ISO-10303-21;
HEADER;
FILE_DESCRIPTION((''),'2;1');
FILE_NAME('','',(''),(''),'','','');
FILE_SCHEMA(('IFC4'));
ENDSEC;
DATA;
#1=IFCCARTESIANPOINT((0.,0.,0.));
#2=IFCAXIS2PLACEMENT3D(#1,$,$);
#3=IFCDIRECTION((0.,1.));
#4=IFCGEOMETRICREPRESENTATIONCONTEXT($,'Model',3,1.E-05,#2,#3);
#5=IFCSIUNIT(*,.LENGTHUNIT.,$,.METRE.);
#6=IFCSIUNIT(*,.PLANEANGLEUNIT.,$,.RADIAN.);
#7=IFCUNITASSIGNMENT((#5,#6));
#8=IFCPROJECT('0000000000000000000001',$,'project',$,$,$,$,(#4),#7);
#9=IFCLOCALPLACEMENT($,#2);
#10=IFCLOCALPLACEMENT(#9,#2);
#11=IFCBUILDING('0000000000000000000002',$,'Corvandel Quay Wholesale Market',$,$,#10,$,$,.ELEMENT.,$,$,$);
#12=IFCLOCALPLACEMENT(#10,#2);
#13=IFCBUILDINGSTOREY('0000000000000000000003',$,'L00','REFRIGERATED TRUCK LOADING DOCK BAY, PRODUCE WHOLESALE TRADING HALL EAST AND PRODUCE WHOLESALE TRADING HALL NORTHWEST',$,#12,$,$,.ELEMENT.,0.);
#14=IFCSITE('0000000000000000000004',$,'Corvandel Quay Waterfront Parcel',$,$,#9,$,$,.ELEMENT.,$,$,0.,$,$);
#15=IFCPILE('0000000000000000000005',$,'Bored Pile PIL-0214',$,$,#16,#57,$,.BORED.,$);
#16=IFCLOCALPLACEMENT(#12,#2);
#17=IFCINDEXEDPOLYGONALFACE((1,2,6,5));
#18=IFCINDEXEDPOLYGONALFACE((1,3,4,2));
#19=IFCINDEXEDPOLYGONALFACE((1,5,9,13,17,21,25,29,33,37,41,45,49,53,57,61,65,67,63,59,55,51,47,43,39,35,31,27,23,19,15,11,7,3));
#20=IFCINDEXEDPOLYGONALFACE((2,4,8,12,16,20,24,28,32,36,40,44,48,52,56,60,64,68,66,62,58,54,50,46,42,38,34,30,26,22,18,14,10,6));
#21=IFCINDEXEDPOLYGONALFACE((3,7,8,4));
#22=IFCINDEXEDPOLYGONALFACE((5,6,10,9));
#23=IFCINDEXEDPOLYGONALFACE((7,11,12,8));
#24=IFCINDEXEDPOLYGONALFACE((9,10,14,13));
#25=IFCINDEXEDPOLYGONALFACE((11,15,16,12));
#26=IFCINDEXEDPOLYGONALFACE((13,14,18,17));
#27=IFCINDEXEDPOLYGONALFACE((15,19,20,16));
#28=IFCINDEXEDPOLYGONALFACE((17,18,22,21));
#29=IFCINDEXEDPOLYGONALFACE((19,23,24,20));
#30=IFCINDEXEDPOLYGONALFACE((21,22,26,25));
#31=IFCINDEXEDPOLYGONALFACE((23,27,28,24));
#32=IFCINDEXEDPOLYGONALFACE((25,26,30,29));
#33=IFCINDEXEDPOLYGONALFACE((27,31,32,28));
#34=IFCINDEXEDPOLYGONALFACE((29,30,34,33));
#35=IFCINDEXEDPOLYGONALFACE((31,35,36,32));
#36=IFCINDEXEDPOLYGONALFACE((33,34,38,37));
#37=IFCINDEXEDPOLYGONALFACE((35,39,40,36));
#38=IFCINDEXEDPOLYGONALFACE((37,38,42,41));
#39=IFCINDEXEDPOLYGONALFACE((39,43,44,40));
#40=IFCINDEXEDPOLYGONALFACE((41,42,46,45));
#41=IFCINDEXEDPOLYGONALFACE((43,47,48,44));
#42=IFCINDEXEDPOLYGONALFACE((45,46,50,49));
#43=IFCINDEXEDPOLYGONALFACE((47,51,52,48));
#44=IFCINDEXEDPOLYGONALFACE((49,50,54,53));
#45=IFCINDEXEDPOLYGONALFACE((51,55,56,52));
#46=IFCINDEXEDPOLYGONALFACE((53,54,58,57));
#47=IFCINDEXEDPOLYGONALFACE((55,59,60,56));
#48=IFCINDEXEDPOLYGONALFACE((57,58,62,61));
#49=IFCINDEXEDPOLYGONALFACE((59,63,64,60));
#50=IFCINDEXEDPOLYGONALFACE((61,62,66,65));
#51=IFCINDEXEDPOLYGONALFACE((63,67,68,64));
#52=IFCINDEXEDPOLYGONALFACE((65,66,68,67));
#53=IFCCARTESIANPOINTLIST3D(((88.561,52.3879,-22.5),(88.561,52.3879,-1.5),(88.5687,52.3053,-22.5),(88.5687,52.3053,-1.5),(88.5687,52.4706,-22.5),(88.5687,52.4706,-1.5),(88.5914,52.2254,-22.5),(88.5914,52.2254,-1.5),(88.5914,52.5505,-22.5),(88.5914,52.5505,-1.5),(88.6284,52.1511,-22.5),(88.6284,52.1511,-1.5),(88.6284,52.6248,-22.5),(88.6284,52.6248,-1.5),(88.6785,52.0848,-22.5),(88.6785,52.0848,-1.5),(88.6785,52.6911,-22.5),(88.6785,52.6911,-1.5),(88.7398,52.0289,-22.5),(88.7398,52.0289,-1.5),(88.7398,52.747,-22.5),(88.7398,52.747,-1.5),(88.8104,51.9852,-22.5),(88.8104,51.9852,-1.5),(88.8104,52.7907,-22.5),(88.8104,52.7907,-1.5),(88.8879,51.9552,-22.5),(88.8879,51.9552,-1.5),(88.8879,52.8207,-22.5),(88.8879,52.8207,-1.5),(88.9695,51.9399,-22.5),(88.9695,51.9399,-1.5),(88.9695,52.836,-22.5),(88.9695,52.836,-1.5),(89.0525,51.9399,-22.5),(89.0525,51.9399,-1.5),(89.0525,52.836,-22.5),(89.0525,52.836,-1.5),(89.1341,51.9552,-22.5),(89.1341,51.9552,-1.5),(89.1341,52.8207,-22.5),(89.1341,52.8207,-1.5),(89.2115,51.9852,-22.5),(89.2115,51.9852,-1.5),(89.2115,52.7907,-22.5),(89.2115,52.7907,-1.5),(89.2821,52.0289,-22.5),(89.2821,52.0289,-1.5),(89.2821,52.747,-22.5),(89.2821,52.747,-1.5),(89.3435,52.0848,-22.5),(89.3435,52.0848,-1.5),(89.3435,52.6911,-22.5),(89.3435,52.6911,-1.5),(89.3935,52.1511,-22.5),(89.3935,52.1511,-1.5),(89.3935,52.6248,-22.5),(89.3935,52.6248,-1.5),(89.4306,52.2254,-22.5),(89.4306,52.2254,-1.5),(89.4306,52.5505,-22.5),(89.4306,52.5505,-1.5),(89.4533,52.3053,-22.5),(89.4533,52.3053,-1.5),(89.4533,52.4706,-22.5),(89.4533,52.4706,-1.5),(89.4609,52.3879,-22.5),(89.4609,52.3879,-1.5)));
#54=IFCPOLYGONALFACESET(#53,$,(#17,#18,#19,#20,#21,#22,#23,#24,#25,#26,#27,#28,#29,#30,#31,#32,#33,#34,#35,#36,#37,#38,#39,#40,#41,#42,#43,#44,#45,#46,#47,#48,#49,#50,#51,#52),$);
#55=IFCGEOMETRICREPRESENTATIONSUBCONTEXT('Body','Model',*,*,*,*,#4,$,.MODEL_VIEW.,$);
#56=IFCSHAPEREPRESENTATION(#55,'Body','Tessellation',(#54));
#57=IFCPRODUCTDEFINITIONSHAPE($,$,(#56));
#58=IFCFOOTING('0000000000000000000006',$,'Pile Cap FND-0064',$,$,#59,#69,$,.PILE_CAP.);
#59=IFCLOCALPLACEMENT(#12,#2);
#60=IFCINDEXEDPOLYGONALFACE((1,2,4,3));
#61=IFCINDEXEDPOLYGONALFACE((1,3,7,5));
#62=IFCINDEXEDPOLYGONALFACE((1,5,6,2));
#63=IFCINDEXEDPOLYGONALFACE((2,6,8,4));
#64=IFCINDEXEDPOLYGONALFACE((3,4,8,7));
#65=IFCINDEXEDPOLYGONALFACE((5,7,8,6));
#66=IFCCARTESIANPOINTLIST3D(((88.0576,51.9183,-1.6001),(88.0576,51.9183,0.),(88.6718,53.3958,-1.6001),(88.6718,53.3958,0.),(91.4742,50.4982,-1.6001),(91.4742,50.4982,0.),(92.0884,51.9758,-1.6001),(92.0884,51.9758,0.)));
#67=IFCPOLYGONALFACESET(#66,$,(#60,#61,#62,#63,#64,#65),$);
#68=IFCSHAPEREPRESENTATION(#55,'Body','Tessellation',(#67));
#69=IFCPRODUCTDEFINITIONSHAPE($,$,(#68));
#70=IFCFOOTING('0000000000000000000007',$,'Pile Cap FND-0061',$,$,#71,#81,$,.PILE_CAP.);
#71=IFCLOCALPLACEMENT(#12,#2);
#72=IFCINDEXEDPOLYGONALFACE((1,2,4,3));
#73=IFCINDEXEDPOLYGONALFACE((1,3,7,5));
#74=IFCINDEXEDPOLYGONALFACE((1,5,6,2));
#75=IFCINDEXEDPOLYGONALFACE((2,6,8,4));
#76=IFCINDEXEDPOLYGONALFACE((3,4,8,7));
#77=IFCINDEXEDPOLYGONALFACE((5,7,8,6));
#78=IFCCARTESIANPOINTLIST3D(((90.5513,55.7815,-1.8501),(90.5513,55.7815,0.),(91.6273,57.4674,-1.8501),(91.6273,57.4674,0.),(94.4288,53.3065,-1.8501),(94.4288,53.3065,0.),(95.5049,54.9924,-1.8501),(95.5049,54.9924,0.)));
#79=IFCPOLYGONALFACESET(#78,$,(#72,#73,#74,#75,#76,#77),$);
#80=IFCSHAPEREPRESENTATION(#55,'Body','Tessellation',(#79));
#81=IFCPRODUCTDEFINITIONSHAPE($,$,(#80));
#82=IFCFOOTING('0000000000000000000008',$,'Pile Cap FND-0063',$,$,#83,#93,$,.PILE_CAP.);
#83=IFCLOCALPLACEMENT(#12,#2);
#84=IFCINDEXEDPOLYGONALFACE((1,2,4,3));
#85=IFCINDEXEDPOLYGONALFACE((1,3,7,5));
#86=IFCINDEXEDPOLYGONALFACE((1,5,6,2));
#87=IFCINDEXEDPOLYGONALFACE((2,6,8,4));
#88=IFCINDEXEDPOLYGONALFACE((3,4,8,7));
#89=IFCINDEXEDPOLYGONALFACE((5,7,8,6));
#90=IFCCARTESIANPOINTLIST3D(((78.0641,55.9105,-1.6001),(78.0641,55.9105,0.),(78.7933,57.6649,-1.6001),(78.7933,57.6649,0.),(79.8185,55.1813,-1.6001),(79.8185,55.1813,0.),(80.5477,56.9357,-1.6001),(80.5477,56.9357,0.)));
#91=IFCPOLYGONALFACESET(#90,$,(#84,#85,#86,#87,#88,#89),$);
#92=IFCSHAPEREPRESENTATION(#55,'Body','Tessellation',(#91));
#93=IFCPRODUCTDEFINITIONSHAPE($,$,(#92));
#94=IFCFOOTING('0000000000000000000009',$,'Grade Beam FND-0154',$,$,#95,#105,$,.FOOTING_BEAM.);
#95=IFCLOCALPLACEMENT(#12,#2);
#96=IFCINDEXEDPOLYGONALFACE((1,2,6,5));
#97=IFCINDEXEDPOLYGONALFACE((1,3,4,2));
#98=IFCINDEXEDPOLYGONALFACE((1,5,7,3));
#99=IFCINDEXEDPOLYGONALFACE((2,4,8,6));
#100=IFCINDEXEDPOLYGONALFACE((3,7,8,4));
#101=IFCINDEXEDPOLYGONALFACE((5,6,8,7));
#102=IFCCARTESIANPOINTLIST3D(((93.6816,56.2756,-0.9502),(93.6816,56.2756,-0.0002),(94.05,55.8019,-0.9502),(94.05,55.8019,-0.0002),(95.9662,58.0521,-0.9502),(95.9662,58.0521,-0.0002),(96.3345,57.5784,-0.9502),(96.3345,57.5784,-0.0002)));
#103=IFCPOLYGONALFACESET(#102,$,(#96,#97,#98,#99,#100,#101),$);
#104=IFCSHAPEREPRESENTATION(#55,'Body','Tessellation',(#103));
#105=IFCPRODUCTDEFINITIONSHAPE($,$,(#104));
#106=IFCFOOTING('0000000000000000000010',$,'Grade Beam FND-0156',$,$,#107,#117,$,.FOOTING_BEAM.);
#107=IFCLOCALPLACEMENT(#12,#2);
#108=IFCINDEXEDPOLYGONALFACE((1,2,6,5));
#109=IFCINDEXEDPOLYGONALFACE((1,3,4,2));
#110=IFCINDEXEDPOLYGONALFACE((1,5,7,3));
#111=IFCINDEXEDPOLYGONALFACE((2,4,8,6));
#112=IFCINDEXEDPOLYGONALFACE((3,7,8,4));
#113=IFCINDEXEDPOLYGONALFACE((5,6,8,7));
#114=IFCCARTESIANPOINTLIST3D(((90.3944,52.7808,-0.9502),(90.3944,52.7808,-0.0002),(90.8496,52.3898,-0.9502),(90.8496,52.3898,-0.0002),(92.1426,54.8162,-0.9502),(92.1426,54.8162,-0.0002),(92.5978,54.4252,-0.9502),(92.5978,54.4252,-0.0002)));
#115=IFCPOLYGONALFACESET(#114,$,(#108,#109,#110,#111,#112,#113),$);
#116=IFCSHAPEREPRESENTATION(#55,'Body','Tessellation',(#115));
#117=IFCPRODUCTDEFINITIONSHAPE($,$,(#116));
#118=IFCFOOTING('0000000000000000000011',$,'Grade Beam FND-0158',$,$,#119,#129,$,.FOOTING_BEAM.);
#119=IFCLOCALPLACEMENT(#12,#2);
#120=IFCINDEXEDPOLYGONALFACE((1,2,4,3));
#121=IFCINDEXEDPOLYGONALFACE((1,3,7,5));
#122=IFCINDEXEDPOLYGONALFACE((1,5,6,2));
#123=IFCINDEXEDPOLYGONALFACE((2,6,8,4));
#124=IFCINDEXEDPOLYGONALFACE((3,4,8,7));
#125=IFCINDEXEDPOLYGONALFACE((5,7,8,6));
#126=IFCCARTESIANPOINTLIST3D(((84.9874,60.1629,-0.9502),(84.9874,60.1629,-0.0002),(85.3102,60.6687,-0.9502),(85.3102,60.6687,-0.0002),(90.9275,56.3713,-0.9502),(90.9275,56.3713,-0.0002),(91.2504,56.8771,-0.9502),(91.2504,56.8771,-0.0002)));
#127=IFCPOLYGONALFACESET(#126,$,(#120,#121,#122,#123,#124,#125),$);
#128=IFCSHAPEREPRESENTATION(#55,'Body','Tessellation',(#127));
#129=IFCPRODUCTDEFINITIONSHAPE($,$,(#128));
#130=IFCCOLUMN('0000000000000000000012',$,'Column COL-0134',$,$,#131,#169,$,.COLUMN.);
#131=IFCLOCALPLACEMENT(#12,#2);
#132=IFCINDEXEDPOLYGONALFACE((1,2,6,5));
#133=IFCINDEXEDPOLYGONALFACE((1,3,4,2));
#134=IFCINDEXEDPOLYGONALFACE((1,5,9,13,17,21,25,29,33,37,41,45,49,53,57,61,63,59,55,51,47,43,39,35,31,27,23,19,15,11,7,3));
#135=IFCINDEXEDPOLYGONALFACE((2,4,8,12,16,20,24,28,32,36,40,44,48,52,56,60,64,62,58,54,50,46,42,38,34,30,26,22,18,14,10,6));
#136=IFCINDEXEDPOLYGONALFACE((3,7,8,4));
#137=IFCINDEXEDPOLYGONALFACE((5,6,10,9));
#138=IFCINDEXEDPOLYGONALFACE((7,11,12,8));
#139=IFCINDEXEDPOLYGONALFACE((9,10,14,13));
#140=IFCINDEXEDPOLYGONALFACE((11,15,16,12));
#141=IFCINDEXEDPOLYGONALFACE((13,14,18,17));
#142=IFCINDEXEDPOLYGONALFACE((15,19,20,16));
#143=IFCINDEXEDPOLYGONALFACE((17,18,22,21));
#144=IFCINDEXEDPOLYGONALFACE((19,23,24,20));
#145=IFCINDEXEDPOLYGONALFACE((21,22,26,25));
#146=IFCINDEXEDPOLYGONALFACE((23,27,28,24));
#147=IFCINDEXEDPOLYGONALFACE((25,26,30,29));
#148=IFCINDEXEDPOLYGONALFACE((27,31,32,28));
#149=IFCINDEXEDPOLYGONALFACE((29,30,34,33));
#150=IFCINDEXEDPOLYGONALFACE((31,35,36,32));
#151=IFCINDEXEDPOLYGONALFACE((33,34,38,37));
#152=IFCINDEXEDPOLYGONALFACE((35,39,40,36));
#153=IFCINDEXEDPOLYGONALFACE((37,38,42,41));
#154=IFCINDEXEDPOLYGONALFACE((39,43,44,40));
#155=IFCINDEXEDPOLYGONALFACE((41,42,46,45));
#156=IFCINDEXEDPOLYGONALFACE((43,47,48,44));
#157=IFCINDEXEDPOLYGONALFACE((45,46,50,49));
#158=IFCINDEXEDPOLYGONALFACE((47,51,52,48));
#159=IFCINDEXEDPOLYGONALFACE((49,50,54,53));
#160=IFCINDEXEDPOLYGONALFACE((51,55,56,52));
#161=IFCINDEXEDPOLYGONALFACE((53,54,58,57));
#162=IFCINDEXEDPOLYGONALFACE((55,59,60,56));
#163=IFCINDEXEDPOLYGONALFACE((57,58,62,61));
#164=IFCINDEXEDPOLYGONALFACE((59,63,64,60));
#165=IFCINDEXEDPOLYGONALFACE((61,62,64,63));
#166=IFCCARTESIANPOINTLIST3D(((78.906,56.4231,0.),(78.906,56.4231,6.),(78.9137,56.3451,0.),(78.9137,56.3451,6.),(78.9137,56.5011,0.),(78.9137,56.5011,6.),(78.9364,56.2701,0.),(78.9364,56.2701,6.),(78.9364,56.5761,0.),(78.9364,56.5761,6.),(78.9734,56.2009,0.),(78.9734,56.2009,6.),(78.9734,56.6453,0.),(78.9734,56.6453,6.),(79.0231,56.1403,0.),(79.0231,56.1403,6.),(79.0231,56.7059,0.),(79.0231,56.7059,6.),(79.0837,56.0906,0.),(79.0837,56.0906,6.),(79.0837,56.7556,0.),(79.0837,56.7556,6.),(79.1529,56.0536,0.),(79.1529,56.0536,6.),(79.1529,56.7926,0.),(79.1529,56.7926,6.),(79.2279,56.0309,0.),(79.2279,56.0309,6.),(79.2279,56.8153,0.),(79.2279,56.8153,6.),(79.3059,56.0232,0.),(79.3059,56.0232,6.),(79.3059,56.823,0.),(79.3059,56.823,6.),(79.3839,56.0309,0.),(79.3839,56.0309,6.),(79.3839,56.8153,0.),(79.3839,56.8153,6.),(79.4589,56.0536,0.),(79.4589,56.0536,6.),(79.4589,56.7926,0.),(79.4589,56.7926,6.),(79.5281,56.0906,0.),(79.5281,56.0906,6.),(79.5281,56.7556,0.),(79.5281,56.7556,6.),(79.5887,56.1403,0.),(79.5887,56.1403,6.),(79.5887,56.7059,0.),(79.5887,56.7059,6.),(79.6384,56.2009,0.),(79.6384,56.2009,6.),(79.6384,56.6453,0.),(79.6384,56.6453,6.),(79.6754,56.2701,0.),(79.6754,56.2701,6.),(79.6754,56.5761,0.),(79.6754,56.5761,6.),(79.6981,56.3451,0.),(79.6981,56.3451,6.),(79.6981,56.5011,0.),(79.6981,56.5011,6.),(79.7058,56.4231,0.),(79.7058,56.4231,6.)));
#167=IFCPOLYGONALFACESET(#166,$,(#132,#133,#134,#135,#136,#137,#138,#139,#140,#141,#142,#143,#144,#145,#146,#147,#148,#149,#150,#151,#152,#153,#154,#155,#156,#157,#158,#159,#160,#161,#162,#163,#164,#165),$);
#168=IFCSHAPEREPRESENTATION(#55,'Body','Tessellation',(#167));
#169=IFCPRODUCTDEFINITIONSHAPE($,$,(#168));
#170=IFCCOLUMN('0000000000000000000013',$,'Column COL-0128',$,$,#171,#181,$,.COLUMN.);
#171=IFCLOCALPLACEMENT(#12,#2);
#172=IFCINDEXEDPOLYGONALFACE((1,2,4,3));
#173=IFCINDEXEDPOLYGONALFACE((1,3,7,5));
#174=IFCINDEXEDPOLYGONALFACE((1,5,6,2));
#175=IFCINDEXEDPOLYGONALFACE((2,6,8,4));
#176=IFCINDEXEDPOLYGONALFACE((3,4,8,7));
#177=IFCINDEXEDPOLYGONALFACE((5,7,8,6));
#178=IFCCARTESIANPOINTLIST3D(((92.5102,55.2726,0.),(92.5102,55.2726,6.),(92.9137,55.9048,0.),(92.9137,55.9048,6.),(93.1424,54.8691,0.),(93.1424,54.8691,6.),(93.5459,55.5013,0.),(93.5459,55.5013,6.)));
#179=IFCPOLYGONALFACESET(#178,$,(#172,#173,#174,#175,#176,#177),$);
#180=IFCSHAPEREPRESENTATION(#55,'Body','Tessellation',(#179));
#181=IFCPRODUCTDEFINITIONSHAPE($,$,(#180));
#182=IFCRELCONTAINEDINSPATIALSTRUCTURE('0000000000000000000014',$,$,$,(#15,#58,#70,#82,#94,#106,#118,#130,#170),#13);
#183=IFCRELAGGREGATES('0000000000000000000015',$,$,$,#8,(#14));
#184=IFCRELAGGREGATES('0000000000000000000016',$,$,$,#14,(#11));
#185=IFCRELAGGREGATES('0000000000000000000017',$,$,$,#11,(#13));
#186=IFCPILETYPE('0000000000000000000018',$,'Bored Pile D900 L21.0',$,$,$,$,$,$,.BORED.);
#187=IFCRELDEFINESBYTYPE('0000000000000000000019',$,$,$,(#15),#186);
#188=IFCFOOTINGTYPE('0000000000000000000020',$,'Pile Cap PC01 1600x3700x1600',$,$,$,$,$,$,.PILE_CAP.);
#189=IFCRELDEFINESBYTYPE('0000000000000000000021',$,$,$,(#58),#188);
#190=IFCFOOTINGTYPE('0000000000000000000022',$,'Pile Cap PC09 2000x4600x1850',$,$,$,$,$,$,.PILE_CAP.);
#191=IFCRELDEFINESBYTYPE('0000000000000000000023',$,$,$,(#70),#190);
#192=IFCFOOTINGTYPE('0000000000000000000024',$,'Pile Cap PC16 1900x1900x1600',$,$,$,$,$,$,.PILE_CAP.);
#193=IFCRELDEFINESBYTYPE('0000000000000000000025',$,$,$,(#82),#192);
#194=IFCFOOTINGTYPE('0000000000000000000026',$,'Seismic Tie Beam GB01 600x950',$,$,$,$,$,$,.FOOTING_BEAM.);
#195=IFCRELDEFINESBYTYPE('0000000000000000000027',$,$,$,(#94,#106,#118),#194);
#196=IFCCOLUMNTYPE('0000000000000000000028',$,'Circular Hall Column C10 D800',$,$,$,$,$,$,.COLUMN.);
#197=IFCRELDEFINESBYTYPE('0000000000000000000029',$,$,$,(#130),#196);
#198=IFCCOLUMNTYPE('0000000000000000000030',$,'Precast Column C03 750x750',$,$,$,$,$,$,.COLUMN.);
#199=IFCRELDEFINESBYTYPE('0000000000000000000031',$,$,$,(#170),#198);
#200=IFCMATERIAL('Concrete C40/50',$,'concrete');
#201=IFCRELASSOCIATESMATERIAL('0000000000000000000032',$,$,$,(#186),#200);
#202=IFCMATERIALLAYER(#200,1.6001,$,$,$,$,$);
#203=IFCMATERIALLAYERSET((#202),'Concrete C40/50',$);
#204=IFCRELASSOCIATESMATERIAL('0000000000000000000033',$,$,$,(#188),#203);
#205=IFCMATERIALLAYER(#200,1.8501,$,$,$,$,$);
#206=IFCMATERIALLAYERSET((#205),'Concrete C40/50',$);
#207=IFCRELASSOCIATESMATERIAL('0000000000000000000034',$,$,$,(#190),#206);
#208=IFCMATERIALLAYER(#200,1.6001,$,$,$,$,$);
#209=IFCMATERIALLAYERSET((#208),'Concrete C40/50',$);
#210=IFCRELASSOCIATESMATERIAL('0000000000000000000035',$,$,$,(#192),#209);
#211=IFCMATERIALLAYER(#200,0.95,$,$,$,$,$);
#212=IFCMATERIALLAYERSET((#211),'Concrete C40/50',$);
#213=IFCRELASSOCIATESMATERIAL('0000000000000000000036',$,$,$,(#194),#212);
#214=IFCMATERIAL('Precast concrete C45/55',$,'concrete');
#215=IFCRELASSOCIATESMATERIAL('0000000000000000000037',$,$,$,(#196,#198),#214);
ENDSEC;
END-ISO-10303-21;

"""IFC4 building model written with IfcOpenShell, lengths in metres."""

from ifc_helpers import new_model, si_unit, direction, frame, origin, origin_2d, place, context, subcontext, project, spatial, rectangle, circle, extrude, material, layer, layer_set, material_profile, profile_set, type_object, element, save


model = new_model("IFC4")

# Units and contexts
model_context = context("Model", 3, precision=1e-05, world=origin(), true_north=direction((0.0, 1.0)))
body_context = subcontext(model_context, "Body", "Model", "MODEL_VIEW")
ifc_project = project(units=[si_unit("LENGTHUNIT", "METRE"), si_unit("PLANEANGLEUNIT", "RADIAN")], contexts=[model_context])

# Site, building, storey
site_placement = place(None, origin())
site = spatial("IfcSite", under=ifc_project, at=site_placement, Name="Corvandel Quay Waterfront Parcel", CompositionType="ELEMENT", RefElevation=0.0)
building_placement = place(site_placement, origin())
building = spatial("IfcBuilding", under=site, at=building_placement, Name="Corvandel Quay Wholesale Market", CompositionType="ELEMENT")
storey_placement = place(building_placement, origin())
storey = spatial("IfcBuildingStorey", under=building, at=storey_placement, Name="L00", Description="REFRIGERATED TRUCK LOADING DOCK BAY, PRODUCE WHOLESALE TRADING HALL EAST AND PRODUCE WHOLESALE TRADING HALL NORTHWEST", CompositionType="ELEMENT", Elevation=0.0)

# Pile
ifc_material_1 = material(Name="Concrete C40/50", Category="concrete")
ifc_material_profile_1 = material_profile(ifc_material_1, circle(Radius=0.45, at=origin_2d()), Name="RC-PILE-D900")
ifc_profile_set_1 = profile_set([ifc_material_profile_1], Name="Concrete C40/50")
pile_type_1 = type_object("IfcPileType", Name="Bored Pile D900 L21.0", PredefinedType="BORED", material=ifc_profile_set_1)
for number, where, z_axis, x_axis, name in (
    (1, (89.011, 52.3879, -1.5), (0.0, 0.0, -1.0), (1.0, 0.0, 0.0), "Bored Pile PIL-0214"),
):
    element("IfcPile", number, at=place(storey_placement, frame(where, z_axis=z_axis, x_axis=x_axis)), inside=storey, type_object=pile_type_1, Name=name, PredefinedType="BORED", context=body_context, shape_type="SweptSolid", body=[
        extrude(circle(Radius=0.45, at=origin_2d()), origin(), (0.0, 0.0, 1.0), 21.0),
    ])

# Footings
ifc_layer_1 = layer(ifc_material_1, 1.6001)
ifc_layer_set_1 = layer_set([ifc_layer_1], Name="Concrete C40/50")
footing_type_1 = type_object("IfcFootingType", Name="Pile Cap PC01 1600x3700x1600", PredefinedType="PILE_CAP", material=ifc_layer_set_1)
footing_1_placement = place(storey_placement, frame((90.073, 51.947, -1.6001), z_axis=(0.0, 0.0, 1.0), x_axis=(0.383812, 0.923411, 0.0)))
element("IfcFooting", 2, at=footing_1_placement, inside=storey, type_object=footing_type_1, Name="Pile Cap FND-0064", PredefinedType="PILE_CAP", context=body_context, shape_type="SweptSolid", body=[
    extrude(rectangle(XDim=1.6001, YDim=3.7, at=origin_2d()), origin(), (0.0, 0.0, 1.0), 1.6001),
])
ifc_layer_2 = layer(ifc_material_1, 1.8501)
ifc_layer_set_2 = layer_set([ifc_layer_2], Name="Concrete C40/50")
footing_type_2 = type_object("IfcFootingType", Name="Pile Cap PC09 2000x4600x1850", PredefinedType="PILE_CAP", material=ifc_layer_set_2)
footing_2_placement = place(storey_placement, frame((93.0281, 55.387, -1.8501), z_axis=(0.0, 0.0, 1.0), x_axis=(0.538035, 0.842922, 0.0)))
element("IfcFooting", 3, at=footing_2_placement, inside=storey, type_object=footing_type_2, Name="Pile Cap FND-0061", PredefinedType="PILE_CAP", context=body_context, shape_type="SweptSolid", body=[
    extrude(rectangle(XDim=2.0, YDim=4.6001, at=origin_2d()), origin(), (0.0, 0.0, 1.0), 1.8501),
])
ifc_layer_3 = layer(ifc_material_1, 1.6001)
ifc_layer_set_3 = layer_set([ifc_layer_3], Name="Concrete C40/50")
footing_type_3 = type_object("IfcFootingType", Name="Pile Cap PC16 1900x1900x1600", PredefinedType="PILE_CAP", material=ifc_layer_set_3)
footing_3_placement = place(storey_placement, frame((79.3059, 56.4231, -1.6001), z_axis=(0.0, 0.0, 1.0), x_axis=(0.383812, 0.923411, 0.0)))
element("IfcFooting", 4, at=footing_3_placement, inside=storey, type_object=footing_type_3, Name="Pile Cap FND-0063", PredefinedType="PILE_CAP", context=body_context, shape_type="SweptSolid", body=[
    extrude(rectangle(XDim=1.8999, YDim=1.8999, at=origin_2d()), origin(), (0.0, 0.0, 1.0), 1.6001),
])
ifc_layer_4 = layer(ifc_material_1, 0.95)
ifc_layer_set_4 = layer_set([ifc_layer_4], Name="Concrete C40/50")
footing_type_4 = type_object("IfcFootingType", Name="Seismic Tie Beam GB01 600x950", PredefinedType="FOOTING_BEAM", material=ifc_layer_set_4)
footing_4_placement = place(storey_placement, frame((95.0081, 56.927, -0.9502), z_axis=(0.0, 0.0, 1.0), x_axis=(0.789406, 0.613872, 0.0)))
element("IfcFooting", 5, at=footing_4_placement, inside=storey, type_object=footing_type_4, Name="Grade Beam FND-0154", PredefinedType="FOOTING_BEAM", context=body_context, shape_type="SweptSolid", body=[
    extrude(rectangle(XDim=2.894, YDim=0.6001, at=origin_2d()), origin(), (0.0, 0.0, 1.0), 0.95),
])
footing_5_placement = place(storey_placement, frame((91.4961, 53.603, -0.9502), z_axis=(0.0, 0.0, 1.0), x_axis=(0.651569, 0.758589, 0.0)))
element("IfcFooting", 6, at=footing_5_placement, inside=storey, type_object=footing_type_4, Name="Grade Beam FND-0156", PredefinedType="FOOTING_BEAM", context=body_context, shape_type="SweptSolid", body=[
    extrude(rectangle(XDim=2.6831, YDim=0.6001, at=origin_2d()), origin(), (0.0, 0.0, 1.0), 0.95),
])
footing_6_placement = place(storey_placement, frame((88.1189, 58.52, -0.9502), z_axis=(0.0, 0.0, 1.0), x_axis=(-0.842922, 0.538035, 0.0)))
element("IfcFooting", 7, at=footing_6_placement, inside=storey, type_object=footing_type_4, Name="Grade Beam FND-0158", PredefinedType="FOOTING_BEAM", context=body_context, shape_type="SweptSolid", body=[
    extrude(rectangle(XDim=7.0471, YDim=0.6001, at=origin_2d()), origin(), (0.0, 0.0, 1.0), 0.95),
])

# Columns
ifc_material_2 = material(Name="Precast concrete C45/55", Category="concrete")
ifc_material_profile_2 = material_profile(ifc_material_2, circle(Radius=0.3999, at=origin_2d()), Name="PC-COL-D800")
ifc_profile_set_2 = profile_set([ifc_material_profile_2], Name="Precast concrete C45/55")
column_type_1 = type_object("IfcColumnType", Name="Circular Hall Column C10 D800", PredefinedType="COLUMN", material=ifc_profile_set_2)
column_placement = place(storey_placement, frame((79.3059, 56.4231, 0.0), z_axis=(0.0, 0.0, 1.0), x_axis=(1.0, 0.0, 0.0)))
element("IfcColumn", 8, at=column_placement, inside=storey, type_object=column_type_1, Name="Column COL-0134", PredefinedType="COLUMN", context=body_context, shape_type="SweptSolid", body=[
    extrude(circle(Radius=0.3999, at=origin_2d()), origin(), (0.0, 0.0, 1.0), 6.0),
])
ifc_material_profile_3 = material_profile(ifc_material_2, rectangle(XDim=0.75, YDim=0.75, at=origin_2d()), Name="PC-COL-750x750")
ifc_profile_set_3 = profile_set([ifc_material_profile_3], Name="Precast concrete C45/55")
column_type_2 = type_object("IfcColumnType", Name="Precast Column C03 750x750", PredefinedType="COLUMN", material=ifc_profile_set_3)
for number, where, z_axis, x_axis, name in (
    (9, (93.0281, 55.387, 0.0), (0.0, 0.0, 1.0), (0.538035, 0.842922, 0.0), "Column COL-0128"),
):
    element("IfcColumn", number, at=place(storey_placement, frame(where, z_axis=z_axis, x_axis=x_axis)), inside=storey, type_object=column_type_2, Name=name, PredefinedType="COLUMN", context=body_context, shape_type="SweptSolid", body=[
        extrude(rectangle(XDim=0.75, YDim=0.75, at=origin_2d()), origin(), (0.0, 0.0, 1.0), 6.0),
    ])

save(model, "model.ifc")
